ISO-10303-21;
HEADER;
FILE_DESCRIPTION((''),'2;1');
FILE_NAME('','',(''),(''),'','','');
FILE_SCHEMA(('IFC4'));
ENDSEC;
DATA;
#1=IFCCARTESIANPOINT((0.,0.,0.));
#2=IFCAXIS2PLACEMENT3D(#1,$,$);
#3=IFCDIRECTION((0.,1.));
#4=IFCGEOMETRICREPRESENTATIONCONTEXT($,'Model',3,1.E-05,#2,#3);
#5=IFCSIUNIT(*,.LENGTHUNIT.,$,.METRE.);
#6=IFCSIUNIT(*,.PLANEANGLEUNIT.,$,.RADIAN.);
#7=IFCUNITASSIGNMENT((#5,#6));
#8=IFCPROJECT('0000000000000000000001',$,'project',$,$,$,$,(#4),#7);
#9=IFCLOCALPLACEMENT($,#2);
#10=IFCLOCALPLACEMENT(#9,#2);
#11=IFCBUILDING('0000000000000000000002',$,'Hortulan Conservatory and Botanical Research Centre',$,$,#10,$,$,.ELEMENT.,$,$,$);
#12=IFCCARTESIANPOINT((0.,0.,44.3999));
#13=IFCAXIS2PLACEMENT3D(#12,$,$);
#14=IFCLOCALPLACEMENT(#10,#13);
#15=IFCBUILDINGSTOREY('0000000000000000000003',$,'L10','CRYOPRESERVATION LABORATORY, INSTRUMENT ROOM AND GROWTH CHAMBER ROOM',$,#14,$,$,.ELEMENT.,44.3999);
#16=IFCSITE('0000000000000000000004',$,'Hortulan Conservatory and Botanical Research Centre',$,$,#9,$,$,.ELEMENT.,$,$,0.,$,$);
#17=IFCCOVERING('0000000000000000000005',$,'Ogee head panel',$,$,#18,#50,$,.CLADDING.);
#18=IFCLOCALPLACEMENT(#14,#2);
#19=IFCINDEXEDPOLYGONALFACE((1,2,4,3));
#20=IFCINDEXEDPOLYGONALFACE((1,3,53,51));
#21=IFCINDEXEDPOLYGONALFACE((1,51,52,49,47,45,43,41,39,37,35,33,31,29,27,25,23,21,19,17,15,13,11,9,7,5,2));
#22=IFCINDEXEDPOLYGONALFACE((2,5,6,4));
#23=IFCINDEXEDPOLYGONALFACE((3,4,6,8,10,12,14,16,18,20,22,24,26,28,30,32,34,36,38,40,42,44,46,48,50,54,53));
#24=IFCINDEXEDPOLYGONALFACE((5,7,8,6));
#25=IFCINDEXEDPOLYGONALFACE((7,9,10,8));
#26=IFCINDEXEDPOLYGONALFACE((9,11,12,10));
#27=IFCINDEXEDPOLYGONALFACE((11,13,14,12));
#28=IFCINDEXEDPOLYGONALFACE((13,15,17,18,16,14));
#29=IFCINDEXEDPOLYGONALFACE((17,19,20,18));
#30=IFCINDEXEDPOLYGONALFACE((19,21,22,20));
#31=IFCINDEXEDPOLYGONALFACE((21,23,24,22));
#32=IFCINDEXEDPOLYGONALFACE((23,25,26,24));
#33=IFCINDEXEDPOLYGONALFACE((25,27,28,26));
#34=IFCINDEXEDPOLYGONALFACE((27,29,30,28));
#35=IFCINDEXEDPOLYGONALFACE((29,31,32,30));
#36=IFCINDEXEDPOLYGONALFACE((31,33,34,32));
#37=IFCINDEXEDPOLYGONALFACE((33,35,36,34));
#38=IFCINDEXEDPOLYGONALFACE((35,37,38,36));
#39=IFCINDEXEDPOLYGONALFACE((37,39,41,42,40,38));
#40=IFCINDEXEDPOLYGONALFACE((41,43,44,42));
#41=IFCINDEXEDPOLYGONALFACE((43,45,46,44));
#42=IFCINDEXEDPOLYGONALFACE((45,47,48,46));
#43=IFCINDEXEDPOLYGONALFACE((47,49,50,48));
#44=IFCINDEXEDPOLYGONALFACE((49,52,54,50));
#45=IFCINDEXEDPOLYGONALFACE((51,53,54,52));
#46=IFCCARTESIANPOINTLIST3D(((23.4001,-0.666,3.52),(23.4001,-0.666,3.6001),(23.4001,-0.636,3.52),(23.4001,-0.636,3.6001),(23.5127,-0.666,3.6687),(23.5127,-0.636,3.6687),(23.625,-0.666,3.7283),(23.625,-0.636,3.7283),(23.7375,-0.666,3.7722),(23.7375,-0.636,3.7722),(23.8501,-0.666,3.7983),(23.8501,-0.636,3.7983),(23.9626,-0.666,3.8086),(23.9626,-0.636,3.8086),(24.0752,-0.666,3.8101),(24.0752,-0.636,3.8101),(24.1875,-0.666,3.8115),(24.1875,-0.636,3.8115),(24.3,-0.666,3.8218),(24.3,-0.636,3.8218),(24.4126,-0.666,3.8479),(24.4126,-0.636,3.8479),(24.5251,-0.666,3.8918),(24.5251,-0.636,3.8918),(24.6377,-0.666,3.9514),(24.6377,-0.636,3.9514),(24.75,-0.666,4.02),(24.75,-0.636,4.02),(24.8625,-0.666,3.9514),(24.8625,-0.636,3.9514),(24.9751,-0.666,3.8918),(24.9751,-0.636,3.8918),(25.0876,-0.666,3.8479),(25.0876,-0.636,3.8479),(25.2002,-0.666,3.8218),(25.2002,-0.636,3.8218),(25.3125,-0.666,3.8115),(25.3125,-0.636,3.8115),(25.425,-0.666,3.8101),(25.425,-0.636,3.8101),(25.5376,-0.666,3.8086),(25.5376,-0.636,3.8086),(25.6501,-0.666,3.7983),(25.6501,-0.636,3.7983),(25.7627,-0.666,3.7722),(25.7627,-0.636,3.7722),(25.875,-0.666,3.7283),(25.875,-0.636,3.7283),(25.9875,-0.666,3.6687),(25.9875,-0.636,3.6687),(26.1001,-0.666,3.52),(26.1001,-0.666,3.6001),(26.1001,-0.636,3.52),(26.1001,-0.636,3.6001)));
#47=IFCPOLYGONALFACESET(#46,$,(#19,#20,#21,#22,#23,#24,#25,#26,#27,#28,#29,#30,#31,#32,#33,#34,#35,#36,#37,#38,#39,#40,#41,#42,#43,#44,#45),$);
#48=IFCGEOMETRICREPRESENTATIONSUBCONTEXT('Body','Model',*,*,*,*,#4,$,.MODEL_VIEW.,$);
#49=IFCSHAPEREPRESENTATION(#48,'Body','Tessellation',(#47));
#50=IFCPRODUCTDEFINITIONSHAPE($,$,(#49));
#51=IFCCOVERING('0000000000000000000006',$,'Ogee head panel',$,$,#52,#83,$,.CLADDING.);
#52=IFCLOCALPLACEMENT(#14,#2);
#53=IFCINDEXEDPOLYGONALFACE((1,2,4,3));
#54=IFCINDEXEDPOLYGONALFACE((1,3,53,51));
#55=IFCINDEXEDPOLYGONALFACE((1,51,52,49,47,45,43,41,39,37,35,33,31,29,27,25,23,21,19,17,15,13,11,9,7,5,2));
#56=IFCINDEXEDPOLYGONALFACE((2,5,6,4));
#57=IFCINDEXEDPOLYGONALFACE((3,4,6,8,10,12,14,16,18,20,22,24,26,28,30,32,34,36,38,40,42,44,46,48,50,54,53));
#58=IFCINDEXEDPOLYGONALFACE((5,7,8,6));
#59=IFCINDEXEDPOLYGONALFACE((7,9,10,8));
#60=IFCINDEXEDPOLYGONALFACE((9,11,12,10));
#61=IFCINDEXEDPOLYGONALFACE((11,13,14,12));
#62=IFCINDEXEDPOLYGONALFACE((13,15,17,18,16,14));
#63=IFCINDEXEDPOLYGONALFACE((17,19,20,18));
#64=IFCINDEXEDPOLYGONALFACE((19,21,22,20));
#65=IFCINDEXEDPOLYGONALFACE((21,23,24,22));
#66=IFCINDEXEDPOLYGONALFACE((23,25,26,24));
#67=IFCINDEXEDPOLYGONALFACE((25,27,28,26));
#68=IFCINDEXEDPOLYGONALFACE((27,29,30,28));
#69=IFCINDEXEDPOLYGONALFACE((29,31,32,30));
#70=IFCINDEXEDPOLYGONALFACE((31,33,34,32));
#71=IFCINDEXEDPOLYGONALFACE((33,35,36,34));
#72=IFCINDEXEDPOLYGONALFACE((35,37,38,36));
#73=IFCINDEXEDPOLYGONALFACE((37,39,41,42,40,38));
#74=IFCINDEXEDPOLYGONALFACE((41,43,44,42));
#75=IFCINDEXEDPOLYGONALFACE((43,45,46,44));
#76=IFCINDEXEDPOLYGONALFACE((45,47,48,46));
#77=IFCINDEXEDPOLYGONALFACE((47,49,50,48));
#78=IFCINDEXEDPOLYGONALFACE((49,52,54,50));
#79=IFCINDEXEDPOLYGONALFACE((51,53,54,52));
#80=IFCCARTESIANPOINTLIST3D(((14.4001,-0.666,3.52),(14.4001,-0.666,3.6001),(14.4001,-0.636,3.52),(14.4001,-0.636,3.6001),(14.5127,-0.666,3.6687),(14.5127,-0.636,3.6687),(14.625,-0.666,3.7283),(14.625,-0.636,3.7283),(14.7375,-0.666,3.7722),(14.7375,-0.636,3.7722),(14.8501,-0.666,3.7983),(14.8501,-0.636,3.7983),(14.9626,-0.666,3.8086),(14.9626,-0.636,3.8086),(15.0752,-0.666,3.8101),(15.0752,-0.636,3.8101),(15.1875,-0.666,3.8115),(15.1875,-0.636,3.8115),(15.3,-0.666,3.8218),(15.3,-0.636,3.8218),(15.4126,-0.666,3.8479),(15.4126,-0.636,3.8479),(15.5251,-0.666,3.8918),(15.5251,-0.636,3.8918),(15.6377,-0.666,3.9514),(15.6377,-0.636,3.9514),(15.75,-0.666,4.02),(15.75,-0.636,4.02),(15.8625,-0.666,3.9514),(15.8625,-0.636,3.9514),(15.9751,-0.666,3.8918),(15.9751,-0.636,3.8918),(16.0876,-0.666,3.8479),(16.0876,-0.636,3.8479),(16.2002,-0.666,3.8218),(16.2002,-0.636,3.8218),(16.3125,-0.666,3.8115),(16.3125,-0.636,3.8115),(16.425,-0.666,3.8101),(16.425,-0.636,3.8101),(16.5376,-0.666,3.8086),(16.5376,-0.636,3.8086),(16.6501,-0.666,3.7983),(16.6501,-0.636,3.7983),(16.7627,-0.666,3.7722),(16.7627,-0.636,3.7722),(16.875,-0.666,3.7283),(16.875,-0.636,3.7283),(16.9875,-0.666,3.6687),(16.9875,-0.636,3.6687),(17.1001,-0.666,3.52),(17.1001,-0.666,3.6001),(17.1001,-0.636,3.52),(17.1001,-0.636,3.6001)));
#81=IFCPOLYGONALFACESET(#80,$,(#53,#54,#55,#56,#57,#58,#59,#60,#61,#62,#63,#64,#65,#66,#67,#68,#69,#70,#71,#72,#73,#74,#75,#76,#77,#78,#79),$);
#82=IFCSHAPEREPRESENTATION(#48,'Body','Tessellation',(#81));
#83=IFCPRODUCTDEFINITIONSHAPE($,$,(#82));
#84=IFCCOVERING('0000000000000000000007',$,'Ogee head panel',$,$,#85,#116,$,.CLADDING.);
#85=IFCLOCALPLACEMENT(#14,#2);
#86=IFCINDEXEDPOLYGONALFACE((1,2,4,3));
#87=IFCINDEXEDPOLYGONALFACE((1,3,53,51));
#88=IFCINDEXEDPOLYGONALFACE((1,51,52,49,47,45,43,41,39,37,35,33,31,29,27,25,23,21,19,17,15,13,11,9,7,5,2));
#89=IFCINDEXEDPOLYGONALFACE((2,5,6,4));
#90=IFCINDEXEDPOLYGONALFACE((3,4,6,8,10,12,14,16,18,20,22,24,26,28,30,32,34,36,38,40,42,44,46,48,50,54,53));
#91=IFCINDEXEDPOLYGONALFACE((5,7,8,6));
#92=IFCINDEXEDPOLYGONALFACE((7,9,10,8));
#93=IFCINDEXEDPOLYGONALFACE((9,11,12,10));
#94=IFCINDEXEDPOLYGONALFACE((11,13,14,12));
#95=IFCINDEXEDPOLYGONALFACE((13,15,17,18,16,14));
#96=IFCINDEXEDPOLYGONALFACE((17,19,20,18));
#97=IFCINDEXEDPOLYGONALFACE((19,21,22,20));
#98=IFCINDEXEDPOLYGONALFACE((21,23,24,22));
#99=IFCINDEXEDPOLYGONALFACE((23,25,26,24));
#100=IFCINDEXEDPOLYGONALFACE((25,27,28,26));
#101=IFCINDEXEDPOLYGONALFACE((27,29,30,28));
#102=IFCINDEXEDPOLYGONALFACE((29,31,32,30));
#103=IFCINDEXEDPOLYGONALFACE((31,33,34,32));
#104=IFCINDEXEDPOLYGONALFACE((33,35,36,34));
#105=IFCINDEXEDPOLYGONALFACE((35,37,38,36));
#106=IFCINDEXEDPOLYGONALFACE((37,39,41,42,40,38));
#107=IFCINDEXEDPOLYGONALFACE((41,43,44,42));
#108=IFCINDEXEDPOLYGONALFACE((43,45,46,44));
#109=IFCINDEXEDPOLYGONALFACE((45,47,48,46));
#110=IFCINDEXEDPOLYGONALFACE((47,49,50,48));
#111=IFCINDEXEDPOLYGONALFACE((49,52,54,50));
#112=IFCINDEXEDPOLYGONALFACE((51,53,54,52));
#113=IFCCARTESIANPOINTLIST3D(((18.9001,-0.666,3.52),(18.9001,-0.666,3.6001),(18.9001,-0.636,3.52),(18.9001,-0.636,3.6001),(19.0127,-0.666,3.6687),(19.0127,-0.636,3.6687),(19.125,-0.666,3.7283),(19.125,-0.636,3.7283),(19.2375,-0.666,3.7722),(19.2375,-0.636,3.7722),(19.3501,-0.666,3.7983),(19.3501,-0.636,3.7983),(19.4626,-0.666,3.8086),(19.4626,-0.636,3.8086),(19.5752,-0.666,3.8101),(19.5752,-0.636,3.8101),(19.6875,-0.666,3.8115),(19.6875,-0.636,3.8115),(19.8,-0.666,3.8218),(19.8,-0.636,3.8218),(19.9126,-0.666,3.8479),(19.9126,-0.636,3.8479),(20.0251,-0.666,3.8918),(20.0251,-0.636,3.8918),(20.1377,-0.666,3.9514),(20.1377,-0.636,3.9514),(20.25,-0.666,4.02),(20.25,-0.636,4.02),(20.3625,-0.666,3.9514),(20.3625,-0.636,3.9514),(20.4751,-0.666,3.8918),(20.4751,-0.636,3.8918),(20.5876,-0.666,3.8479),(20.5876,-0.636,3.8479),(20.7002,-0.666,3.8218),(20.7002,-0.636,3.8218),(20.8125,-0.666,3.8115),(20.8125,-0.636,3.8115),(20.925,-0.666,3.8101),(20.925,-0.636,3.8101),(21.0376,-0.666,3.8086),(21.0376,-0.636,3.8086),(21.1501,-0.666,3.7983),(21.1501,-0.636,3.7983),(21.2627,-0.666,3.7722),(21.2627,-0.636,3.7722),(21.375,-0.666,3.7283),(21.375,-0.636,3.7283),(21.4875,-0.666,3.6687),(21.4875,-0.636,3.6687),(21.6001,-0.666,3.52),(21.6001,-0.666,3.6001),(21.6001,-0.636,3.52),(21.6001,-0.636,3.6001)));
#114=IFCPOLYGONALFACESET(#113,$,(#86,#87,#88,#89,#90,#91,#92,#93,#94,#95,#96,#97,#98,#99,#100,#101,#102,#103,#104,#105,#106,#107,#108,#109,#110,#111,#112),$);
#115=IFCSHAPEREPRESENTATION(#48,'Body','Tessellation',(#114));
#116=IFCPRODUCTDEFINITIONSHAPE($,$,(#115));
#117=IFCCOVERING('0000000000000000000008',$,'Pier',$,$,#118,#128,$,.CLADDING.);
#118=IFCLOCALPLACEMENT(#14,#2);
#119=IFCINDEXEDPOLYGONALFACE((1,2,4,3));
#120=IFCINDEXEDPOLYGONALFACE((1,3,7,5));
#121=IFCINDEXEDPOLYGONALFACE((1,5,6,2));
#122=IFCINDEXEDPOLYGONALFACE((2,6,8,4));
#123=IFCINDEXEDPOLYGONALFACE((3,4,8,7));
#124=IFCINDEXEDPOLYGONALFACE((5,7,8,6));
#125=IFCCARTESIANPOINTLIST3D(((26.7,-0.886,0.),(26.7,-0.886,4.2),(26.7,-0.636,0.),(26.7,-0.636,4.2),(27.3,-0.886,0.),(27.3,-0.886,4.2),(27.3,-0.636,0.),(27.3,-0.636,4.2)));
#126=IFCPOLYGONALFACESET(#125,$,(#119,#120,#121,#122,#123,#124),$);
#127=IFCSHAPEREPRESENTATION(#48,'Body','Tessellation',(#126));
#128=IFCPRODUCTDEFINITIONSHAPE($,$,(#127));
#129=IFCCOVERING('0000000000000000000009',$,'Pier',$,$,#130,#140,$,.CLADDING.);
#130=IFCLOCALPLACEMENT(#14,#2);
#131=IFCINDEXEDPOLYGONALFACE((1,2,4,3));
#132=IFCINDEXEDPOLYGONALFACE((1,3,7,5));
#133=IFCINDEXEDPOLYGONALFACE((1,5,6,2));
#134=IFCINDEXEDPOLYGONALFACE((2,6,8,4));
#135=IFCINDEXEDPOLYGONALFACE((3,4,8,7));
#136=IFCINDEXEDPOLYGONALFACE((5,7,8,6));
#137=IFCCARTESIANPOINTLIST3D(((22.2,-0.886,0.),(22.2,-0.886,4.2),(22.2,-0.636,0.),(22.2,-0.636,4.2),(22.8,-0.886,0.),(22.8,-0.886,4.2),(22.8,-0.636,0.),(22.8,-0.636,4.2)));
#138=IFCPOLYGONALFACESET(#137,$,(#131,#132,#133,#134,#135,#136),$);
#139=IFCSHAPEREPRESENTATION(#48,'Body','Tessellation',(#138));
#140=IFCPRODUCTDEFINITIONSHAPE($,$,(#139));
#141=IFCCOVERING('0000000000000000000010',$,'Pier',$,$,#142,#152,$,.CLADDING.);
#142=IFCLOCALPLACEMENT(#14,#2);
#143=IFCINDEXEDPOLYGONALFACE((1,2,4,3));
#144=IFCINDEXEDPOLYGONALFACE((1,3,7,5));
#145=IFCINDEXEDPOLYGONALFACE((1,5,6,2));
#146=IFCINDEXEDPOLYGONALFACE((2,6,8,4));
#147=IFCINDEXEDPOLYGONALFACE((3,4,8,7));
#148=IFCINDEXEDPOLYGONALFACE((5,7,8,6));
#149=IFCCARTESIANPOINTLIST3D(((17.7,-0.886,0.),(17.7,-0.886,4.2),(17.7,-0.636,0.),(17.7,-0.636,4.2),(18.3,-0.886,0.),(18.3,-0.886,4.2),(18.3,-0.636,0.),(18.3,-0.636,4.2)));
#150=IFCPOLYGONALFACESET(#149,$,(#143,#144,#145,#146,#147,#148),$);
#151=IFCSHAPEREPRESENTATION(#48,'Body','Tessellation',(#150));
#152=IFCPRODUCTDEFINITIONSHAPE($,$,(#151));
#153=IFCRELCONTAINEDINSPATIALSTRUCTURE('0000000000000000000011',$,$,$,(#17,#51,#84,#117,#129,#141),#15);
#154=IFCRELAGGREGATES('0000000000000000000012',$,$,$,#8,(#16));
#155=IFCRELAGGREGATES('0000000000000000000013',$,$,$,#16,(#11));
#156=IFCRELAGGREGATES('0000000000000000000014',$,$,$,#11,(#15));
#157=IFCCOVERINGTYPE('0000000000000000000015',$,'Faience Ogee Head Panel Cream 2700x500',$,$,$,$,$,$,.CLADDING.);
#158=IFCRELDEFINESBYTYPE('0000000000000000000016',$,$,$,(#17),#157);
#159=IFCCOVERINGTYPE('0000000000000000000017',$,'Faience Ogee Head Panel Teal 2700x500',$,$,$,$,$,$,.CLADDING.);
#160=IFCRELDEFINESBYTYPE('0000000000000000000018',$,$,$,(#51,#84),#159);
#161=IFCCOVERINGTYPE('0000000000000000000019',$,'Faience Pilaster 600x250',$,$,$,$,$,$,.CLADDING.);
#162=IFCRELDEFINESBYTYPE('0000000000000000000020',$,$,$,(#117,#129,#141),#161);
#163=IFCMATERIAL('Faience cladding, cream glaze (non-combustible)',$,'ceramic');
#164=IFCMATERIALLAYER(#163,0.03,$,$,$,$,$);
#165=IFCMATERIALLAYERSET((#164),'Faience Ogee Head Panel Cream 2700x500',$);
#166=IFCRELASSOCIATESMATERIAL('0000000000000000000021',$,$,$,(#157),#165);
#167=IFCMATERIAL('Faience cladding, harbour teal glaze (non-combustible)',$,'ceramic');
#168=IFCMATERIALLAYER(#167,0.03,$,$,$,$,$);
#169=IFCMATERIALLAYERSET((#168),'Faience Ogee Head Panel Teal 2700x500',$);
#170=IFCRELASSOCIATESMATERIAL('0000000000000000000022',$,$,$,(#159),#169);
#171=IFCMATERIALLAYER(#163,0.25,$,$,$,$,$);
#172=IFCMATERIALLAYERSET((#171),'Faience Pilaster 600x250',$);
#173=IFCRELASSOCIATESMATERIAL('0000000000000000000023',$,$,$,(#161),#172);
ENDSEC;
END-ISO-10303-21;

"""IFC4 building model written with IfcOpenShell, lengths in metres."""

from ifc_helpers import new_model, si_unit, direction, frame, origin, origin_2d, place, context, subcontext, project, spatial, polyline, rectangle, outline, extrude, material, layer, layer_set, type_object, element, save


model = new_model("IFC4")

# Units and contexts
model_context = context("Model", 3, precision=1e-05, world=origin(), true_north=direction((0.0, 1.0)))
body_context = subcontext(model_context, "Body", "Model", "MODEL_VIEW")
ifc_project = project(units=[si_unit("LENGTHUNIT", "METRE"), si_unit("PLANEANGLEUNIT", "RADIAN")], contexts=[model_context])

# Site, building, storey
site_placement = place(None, origin())
site = spatial("IfcSite", under=ifc_project, at=site_placement, Name="Hortulan Conservatory and Botanical Research Centre", CompositionType="ELEMENT", RefElevation=0.0)
building_placement = place(site_placement, origin())
building = spatial("IfcBuilding", under=site, at=building_placement, Name="Hortulan Conservatory and Botanical Research Centre", CompositionType="ELEMENT")
storey_placement = place(building_placement, frame((0.0, 0.0, 44.3999)))
storey = spatial("IfcBuildingStorey", under=building, at=storey_placement, Name="L10", Description="CRYOPRESERVATION LABORATORY, INSTRUMENT ROOM AND GROWTH CHAMBER ROOM", CompositionType="ELEMENT", Elevation=44.3999)

# Coverings
ifc_material_1 = material(Name="Faience cladding, cream glaze (non-combustible)", Category="ceramic")
ifc_layer_1 = layer(ifc_material_1, 0.03)
ifc_layer_set_1 = layer_set([ifc_layer_1], Name="Faience Ogee Head Panel Cream 2700x500")
covering_type_1 = type_object("IfcCoveringType", Name="Faience Ogee Head Panel Cream 2700x500", PredefinedType="CLADDING", material=ifc_layer_set_1)
covering_placement = place(storey_placement, frame((26.1001, -0.6509, 3.52), z_axis=(0.0, 0.0, 1.0), x_axis=(-1.0, 0.0, 0.0)))
element("IfcCovering", 1, at=covering_placement, inside=storey, type_object=covering_type_1, Name="Ogee head panel", PredefinedType="CLADDING", context=body_context, shape_type="SweptSolid", body=[
    extrude(outline(polyline([(0.0, 0.0), (2.7, 0.0), (2.7, 0.0801), (2.5874, 0.1487), (2.4751, 0.2083), (2.3625, 0.2522), (2.25, 0.2783), (2.1375, 0.2886), (2.0249, 0.29), (1.9126, 0.2915), (1.8, 0.3018), (1.6875, 0.3279), (1.575, 0.3718), (1.4624, 0.4314), (1.3501, 0.5), (1.2375, 0.4314), (1.125, 0.3718), (1.0125, 0.3279), (0.8999, 0.3018), (0.7876, 0.2915), (0.675, 0.29), (0.5625, 0.2886), (0.45, 0.2783), (0.3374, 0.2522), (0.2251, 0.2083), (0.1125, 0.1487), (0.0, 0.0801), (0.0, 0.0)])), frame((0.0, 0.0151, 0.0), z_axis=(0.0, -1.0, 0.0), x_axis=(1.0, 0.0, 0.0)), (0.0, 0.0, 1.0), 0.03),
])
ifc_material_2 = material(Name="Faience cladding, harbour teal glaze (non-combustible)", Category="ceramic")
ifc_layer_2 = layer(ifc_material_2, 0.03)
ifc_layer_set_2 = layer_set([ifc_layer_2], Name="Faience Ogee Head Panel Teal 2700x500")
covering_type_2 = type_object("IfcCoveringType", Name="Faience Ogee Head Panel Teal 2700x500", PredefinedType="CLADDING", material=ifc_layer_set_2)
for number, where, z_axis, x_axis, name in (
    (2, (17.1001, -0.6509, 3.52), (0.0, 0.0, 1.0), (-1.0, 0.0, 0.0), "Ogee head panel"),
    (3, (21.6001, -0.6509, 3.52), (0.0, 0.0, 1.0), (-1.0, 0.0, 0.0), "Ogee head panel"),
):
    element("IfcCovering", number, at=place(storey_placement, frame(where, z_axis=z_axis, x_axis=x_axis)), inside=storey, type_object=covering_type_2, Name=name, PredefinedType="CLADDING", context=body_context, shape_type="SweptSolid", body=[
        extrude(outline(polyline([(0.0, 0.0), (2.7, 0.0), (2.7, 0.0801), (2.5874, 0.1487), (2.4751, 0.2083), (2.3625, 0.2522), (2.25, 0.2783), (2.1375, 0.2886), (2.0249, 0.29), (1.9126, 0.2915), (1.8, 0.3018), (1.6875, 0.3279), (1.575, 0.3718), (1.4624, 0.4314), (1.3501, 0.5), (1.2375, 0.4314), (1.125, 0.3718), (1.0125, 0.3279), (0.8999, 0.3018), (0.7876, 0.2915), (0.675, 0.29), (0.5625, 0.2886), (0.45, 0.2783), (0.3374, 0.2522), (0.2251, 0.2083), (0.1125, 0.1487), (0.0, 0.0801), (0.0, 0.0)])), frame((0.0, 0.0151, 0.0), z_axis=(0.0, -1.0, 0.0), x_axis=(1.0, 0.0, 0.0)), (0.0, 0.0, 1.0), 0.03),
    ])
ifc_layer_3 = layer(ifc_material_1, 0.25)
ifc_layer_set_3 = layer_set([ifc_layer_3], Name="Faience Pilaster 600x250")
covering_type_3 = type_object("IfcCoveringType", Name="Faience Pilaster 600x250", PredefinedType="CLADDING", material=ifc_layer_set_3)
for number, where, z_axis, x_axis, name in (
    (4, (27.0, -0.761, 0.0), (0.0, 0.0, 1.0), (-1.0, 0.0, 0.0), "Pier"),
    (5, (22.5, -0.761, 0.0), (0.0, 0.0, 1.0), (-1.0, 0.0, 0.0), "Pier"),
    (6, (18.0, -0.761, 0.0), (0.0, 0.0, 1.0), (-1.0, 0.0, 0.0), "Pier"),
):
    element("IfcCovering", number, at=place(storey_placement, frame(where, z_axis=z_axis, x_axis=x_axis)), inside=storey, type_object=covering_type_3, Name=name, PredefinedType="CLADDING", context=body_context, shape_type="SweptSolid", body=[
        extrude(rectangle(XDim=0.6001, YDim=0.25, at=origin_2d()), origin(), (0.0, 0.0, 1.0), 4.2),
    ])

save(model, "model.ifc")
